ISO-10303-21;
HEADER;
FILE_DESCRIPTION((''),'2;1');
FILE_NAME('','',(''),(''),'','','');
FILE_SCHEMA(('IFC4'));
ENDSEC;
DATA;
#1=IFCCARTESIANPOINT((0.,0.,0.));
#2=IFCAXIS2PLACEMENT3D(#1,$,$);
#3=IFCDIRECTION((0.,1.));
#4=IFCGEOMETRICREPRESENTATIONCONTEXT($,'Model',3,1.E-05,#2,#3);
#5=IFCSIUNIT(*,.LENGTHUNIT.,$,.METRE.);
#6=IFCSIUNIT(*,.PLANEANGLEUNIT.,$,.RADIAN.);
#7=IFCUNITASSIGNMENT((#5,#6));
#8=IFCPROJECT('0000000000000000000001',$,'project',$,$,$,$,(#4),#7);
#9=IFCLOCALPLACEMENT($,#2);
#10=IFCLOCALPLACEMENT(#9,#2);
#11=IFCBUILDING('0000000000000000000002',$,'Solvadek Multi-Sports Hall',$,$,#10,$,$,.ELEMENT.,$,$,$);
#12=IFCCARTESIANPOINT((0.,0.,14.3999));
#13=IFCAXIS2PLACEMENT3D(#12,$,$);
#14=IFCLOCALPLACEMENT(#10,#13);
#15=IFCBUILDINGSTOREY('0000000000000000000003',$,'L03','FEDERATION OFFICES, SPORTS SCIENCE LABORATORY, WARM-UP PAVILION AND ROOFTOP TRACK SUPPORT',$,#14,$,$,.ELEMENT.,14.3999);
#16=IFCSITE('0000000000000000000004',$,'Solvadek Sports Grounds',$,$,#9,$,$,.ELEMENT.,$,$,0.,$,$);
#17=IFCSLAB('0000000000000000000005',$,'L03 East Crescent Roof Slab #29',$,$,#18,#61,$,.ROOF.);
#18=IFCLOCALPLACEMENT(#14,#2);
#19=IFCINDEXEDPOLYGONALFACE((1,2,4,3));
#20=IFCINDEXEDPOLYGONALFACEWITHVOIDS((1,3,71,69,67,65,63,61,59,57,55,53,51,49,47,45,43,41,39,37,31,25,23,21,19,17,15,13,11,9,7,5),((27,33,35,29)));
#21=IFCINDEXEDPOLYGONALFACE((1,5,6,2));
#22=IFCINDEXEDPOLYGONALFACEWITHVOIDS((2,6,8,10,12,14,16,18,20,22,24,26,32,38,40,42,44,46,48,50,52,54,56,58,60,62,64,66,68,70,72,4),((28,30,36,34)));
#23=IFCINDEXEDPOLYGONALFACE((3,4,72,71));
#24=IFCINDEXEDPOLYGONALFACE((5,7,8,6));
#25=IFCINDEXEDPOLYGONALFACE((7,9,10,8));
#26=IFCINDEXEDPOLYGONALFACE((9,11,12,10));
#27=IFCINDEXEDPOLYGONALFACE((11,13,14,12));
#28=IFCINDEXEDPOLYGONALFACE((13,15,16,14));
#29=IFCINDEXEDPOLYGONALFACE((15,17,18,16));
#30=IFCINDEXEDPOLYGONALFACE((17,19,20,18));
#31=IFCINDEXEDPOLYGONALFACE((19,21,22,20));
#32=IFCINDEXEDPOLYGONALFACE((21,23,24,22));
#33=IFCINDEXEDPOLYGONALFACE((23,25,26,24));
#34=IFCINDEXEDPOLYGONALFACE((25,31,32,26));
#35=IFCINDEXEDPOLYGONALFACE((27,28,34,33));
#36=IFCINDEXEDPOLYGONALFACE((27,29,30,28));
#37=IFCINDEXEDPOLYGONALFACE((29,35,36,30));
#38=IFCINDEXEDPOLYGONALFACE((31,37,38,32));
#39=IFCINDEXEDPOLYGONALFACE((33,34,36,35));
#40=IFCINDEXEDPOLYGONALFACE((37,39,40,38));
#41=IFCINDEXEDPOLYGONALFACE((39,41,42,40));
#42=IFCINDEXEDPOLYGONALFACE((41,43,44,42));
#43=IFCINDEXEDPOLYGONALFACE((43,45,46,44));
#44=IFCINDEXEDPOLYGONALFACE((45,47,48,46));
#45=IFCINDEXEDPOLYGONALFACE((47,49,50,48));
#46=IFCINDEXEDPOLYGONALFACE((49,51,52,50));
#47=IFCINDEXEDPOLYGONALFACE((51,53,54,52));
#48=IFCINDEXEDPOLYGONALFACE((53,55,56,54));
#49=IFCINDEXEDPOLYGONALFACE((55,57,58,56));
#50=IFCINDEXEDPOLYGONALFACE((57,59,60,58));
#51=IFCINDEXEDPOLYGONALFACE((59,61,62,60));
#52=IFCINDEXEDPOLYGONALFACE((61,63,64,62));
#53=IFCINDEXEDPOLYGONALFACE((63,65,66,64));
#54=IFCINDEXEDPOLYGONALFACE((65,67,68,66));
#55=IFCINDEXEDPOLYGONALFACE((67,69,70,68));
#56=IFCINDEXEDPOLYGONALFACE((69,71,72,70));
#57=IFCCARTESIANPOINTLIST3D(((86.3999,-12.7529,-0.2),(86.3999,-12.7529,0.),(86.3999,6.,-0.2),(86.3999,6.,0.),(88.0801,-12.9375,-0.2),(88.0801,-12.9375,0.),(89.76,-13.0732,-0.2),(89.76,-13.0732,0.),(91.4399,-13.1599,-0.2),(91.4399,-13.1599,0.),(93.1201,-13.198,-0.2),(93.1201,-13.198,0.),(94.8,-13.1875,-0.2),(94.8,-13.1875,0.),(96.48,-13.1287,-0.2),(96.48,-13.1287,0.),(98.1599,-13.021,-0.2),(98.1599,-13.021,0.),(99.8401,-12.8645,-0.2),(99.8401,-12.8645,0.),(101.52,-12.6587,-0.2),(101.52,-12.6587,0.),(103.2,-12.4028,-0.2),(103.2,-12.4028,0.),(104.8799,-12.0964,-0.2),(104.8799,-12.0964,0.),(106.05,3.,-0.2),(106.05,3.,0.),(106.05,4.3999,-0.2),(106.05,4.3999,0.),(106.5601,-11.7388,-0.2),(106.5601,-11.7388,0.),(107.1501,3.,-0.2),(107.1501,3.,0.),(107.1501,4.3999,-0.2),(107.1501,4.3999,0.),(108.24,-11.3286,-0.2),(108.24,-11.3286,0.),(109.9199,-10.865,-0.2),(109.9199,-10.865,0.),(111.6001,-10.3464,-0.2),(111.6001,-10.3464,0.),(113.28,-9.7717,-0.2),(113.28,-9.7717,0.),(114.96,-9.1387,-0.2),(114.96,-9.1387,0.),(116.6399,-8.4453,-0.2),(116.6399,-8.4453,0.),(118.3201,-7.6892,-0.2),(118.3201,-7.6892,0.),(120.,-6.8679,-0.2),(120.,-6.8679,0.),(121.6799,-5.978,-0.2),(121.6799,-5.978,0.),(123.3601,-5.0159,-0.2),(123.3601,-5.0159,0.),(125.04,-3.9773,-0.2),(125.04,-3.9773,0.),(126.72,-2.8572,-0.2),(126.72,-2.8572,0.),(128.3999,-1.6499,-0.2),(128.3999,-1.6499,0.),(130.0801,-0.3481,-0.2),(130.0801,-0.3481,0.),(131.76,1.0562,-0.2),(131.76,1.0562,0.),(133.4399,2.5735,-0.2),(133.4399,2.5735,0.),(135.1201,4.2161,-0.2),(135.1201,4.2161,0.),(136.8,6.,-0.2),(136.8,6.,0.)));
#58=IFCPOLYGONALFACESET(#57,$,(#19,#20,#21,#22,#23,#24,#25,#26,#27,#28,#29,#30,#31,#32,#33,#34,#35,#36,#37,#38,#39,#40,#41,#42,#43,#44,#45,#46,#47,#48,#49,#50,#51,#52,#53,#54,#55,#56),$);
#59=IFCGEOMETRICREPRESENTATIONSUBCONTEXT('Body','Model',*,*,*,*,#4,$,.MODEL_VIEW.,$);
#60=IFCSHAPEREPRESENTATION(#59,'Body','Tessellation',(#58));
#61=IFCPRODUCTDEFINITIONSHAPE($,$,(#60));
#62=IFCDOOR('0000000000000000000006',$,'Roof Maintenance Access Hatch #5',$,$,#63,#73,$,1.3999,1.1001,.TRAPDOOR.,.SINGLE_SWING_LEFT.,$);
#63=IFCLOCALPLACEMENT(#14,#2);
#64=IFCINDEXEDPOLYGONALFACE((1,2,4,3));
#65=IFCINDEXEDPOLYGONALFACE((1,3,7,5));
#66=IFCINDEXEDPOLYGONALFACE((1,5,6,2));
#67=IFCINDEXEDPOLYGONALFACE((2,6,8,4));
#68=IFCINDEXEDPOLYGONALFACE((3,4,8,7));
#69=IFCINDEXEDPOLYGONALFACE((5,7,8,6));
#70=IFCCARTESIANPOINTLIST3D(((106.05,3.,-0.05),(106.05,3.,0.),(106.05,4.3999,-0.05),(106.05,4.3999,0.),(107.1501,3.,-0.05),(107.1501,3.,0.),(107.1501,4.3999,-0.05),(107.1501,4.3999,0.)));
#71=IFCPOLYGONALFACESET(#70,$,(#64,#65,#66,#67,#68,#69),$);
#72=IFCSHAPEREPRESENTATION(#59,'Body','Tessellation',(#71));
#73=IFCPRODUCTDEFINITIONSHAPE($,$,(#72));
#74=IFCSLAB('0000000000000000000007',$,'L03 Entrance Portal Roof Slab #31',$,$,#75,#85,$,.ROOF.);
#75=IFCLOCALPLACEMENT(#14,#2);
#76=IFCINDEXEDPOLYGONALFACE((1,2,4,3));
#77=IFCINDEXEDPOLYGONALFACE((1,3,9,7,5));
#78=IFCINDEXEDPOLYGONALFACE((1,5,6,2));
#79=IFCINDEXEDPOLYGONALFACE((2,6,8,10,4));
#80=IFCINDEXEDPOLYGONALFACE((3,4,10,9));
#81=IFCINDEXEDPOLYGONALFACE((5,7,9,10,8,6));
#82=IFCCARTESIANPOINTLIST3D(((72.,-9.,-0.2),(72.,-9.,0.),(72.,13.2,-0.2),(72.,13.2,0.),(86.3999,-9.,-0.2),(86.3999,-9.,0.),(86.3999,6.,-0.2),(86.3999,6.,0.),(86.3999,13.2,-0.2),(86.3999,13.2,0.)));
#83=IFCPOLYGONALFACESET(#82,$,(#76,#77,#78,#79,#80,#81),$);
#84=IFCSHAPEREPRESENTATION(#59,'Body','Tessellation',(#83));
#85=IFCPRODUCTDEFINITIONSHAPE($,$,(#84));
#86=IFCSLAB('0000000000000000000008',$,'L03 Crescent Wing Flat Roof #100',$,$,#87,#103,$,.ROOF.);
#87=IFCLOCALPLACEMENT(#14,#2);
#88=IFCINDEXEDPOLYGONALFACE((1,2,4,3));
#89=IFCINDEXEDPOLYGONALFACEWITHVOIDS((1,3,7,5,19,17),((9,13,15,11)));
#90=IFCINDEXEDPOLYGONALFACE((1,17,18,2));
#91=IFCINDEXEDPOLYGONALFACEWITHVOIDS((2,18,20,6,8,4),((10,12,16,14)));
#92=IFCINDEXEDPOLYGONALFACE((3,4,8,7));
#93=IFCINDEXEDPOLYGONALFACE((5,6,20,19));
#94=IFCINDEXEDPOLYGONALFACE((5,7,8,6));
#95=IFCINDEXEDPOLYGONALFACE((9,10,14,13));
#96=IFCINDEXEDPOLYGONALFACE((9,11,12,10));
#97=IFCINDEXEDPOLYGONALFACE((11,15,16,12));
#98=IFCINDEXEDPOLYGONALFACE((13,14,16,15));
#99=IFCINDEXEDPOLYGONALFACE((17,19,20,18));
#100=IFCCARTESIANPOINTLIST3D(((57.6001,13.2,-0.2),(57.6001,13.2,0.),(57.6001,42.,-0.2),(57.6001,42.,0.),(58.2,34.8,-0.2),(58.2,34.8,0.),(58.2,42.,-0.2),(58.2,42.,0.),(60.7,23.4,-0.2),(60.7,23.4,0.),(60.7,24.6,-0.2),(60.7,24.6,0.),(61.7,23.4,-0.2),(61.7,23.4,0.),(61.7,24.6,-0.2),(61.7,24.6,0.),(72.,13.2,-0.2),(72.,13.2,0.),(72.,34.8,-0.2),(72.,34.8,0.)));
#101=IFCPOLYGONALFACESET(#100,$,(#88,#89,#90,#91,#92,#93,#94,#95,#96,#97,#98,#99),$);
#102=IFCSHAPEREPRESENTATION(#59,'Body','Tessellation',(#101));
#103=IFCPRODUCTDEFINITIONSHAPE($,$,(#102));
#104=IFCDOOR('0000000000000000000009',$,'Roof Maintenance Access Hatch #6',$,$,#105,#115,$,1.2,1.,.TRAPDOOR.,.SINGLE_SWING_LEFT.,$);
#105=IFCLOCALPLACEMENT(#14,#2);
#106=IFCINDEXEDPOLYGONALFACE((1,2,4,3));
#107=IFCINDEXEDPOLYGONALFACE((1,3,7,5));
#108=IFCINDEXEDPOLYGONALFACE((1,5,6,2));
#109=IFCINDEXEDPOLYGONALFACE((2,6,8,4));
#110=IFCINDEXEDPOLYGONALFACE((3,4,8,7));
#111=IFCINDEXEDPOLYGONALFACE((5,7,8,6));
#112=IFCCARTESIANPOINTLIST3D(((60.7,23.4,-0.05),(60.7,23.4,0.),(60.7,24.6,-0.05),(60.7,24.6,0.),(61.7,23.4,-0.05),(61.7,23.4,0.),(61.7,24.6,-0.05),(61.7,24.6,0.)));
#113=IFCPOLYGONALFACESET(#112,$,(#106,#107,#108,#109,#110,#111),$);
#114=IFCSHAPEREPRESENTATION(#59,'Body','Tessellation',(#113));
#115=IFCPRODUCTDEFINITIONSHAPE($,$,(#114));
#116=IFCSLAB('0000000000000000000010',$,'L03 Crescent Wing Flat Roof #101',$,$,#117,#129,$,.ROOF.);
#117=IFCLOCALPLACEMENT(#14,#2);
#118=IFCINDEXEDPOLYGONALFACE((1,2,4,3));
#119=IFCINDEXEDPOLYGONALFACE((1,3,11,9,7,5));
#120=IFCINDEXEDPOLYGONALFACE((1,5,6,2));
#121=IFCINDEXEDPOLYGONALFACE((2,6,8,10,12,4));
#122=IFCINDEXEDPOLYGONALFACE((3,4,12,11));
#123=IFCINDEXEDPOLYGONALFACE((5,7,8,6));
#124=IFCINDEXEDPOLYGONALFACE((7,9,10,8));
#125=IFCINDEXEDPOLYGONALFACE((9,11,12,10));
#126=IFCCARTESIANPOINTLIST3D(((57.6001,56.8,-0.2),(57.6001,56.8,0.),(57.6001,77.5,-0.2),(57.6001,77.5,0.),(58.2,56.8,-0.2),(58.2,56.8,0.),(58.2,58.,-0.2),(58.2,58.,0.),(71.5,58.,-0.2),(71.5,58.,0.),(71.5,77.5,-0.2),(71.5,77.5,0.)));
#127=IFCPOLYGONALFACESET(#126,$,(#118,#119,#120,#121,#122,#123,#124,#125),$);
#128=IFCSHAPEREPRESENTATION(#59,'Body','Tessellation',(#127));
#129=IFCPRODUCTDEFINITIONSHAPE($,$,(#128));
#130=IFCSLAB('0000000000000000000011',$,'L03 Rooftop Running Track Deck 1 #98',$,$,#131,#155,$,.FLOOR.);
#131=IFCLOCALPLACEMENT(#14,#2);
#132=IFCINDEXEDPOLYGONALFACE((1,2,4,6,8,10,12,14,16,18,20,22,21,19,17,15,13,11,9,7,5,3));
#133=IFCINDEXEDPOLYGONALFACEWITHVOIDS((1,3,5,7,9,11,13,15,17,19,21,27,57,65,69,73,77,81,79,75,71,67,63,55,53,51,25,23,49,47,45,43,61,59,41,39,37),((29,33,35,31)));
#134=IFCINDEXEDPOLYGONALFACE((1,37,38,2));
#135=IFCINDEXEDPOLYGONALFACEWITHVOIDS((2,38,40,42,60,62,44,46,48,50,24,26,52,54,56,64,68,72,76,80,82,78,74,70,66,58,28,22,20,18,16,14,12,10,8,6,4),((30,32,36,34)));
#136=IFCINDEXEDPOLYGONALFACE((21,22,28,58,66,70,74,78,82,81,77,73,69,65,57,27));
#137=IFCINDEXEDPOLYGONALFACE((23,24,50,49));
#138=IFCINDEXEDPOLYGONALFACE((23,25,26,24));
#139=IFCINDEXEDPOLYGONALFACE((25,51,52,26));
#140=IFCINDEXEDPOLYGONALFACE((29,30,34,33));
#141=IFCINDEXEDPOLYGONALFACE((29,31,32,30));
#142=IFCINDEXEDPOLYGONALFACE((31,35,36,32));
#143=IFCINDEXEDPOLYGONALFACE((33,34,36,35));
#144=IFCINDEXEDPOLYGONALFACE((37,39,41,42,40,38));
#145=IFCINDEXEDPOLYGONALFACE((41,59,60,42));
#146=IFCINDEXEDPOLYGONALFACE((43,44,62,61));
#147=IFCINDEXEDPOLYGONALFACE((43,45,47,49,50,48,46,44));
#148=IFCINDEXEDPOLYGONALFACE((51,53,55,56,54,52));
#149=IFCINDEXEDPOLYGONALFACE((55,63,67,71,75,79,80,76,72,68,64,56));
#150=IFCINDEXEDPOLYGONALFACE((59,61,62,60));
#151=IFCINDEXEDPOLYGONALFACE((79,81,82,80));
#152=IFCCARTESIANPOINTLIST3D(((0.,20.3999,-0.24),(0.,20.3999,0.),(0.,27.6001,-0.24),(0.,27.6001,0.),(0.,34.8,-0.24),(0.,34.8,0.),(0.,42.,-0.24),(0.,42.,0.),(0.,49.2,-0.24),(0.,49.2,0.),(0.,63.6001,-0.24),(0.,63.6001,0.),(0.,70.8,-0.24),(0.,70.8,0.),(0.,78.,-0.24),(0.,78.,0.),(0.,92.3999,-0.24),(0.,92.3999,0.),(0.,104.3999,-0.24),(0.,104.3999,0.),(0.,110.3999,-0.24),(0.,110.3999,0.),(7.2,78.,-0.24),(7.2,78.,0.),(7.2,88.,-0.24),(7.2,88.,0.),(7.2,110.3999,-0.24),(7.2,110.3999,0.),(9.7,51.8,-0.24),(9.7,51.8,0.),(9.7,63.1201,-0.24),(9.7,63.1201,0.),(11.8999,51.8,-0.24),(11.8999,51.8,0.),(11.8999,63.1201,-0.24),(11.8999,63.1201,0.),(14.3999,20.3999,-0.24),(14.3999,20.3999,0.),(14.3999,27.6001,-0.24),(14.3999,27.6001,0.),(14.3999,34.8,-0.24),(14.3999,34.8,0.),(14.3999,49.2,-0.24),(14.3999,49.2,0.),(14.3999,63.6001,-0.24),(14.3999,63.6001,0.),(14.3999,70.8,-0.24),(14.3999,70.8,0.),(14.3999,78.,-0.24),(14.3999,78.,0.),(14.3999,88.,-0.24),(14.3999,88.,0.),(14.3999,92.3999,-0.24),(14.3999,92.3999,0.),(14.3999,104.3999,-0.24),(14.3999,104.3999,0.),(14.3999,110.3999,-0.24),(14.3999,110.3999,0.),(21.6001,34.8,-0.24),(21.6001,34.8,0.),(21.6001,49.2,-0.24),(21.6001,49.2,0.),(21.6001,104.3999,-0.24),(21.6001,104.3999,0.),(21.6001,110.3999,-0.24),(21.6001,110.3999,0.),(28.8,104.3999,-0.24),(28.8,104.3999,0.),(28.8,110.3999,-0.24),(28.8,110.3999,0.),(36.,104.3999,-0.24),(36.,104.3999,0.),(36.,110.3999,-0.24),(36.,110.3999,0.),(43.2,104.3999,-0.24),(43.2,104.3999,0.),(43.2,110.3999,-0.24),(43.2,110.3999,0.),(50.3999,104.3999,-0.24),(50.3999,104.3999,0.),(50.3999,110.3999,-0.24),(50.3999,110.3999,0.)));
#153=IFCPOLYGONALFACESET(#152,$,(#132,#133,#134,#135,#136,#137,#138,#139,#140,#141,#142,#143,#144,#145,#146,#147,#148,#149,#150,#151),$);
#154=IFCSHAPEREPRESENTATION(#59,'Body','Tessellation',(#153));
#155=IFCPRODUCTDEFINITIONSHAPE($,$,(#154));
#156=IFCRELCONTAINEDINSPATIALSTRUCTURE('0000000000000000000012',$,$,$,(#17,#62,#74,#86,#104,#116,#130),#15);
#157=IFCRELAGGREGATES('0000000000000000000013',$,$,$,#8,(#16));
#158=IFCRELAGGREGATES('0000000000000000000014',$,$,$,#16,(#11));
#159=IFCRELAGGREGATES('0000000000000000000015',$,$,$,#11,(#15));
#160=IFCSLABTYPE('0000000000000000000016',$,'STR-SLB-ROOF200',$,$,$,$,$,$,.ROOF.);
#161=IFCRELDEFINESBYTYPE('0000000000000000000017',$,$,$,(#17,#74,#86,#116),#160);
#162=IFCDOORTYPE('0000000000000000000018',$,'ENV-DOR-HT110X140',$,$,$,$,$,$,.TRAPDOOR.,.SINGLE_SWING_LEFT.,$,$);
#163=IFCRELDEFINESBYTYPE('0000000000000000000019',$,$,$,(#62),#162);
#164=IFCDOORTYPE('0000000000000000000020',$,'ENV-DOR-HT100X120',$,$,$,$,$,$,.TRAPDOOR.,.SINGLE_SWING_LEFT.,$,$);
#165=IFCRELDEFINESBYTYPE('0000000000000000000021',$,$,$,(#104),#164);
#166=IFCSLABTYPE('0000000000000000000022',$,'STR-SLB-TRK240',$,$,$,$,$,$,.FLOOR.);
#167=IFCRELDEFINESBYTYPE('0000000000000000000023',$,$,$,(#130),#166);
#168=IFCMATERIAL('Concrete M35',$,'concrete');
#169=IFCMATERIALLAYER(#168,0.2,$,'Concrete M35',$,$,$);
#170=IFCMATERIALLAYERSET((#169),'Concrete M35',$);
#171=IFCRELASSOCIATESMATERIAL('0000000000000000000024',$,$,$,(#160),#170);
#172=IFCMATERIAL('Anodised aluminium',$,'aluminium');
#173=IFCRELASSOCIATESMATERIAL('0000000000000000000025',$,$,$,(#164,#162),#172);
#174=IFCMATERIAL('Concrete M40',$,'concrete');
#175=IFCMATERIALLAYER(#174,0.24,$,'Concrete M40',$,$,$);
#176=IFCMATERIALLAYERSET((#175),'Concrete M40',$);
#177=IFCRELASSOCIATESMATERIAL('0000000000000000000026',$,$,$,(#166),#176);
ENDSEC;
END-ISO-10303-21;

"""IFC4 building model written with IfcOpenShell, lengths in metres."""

from ifc_helpers import new_model, si_unit, direction, frame, origin, origin_2d, place, context, subcontext, project, spatial, polyline, rectangle, outline, extrude, material, layer, layer_set, type_object, element, fill, save


model = new_model("IFC4")

# Units and contexts
model_context = context("Model", 3, precision=1e-05, world=origin(), true_north=direction((0.0, 1.0)))
body_context = subcontext(model_context, "Body", "Model", "MODEL_VIEW")
ifc_project = project(units=[si_unit("LENGTHUNIT", "METRE"), si_unit("PLANEANGLEUNIT", "RADIAN")], contexts=[model_context])

# Site, building, storey
site_placement = place(None, origin())
site = spatial("IfcSite", under=ifc_project, at=site_placement, Name="Solvadek Sports Grounds", CompositionType="ELEMENT", RefElevation=0.0)
building_placement = place(site_placement, origin())
building = spatial("IfcBuilding", under=site, at=building_placement, Name="Solvadek Multi-Sports Hall", CompositionType="ELEMENT")
storey_placement = place(building_placement, frame((0.0, 0.0, 14.3999)))
storey = spatial("IfcBuildingStorey", under=building, at=storey_placement, Name="L03", Description="FEDERATION OFFICES, SPORTS SCIENCE LABORATORY, WARM-UP PAVILION AND ROOFTOP TRACK SUPPORT", CompositionType="ELEMENT", Elevation=14.3999)

# Shared definitions
ifc_material_1 = material(Name="Concrete M35", Category="concrete")
ifc_layer_1 = layer(ifc_material_1, 0.2, Name="Concrete M35")
ifc_layer_set_1 = layer_set([ifc_layer_1], Name="Concrete M35")
slab_type_1 = type_object("IfcSlabType", Name="STR-SLB-ROOF200", PredefinedType="ROOF", material=ifc_layer_set_1)

# Slab, opening, door
ifc_material_2 = material(Name="Anodised aluminium", Category="aluminium")
door_type_1 = type_object("IfcDoorType", Name="ENV-DOR-HT100X120", OperationType="SINGLE_SWING_LEFT", PredefinedType="TRAPDOOR", material=ifc_material_2)
slab_1_placement = place(storey_placement, frame((0.0, 0.0, -0.2)))
slab_1 = element("IfcSlab", 1, at=slab_1_placement, inside=storey, type_object=slab_type_1, Name="L03 East Crescent Roof Slab #29", PredefinedType="ROOF", context=body_context, shape_type="SweptSolid", body=[
    extrude(outline(polyline([(136.8, 6.0), (135.1201, 4.2161), (133.4399, 2.5735), (131.76, 1.0562), (130.0801, -0.3481), (128.3999, -1.6499), (126.72, -2.8572), (125.04, -3.9773), (123.3601, -5.0159), (121.6799, -5.978), (120.0, -6.8679), (118.3201, -7.6892), (116.6399, -8.4453), (114.96, -9.1387), (113.28, -9.7717), (111.6001, -10.3464), (109.9199, -10.865), (108.24, -11.3286), (106.5601, -11.7388), (104.8799, -12.0964), (103.2, -12.4028), (101.52, -12.6587), (99.8401, -12.8645), (98.1599, -13.021), (96.48, -13.1287), (94.8, -13.1875), (93.1201, -13.198), (91.4399, -13.1599), (89.76, -13.0732), (88.0801, -12.9375), (86.3999, -12.7529), (86.3999, 6.0), (136.8, 6.0)])), origin(), (0.0, 0.0, 1.0), 0.2),
])
opening_1_placement = place(slab_1_placement, frame((106.6001, 3.7, 0.0)))
opening_1 = element("IfcOpeningElement", 2, at=opening_1_placement, cuts=slab_1, PredefinedType="OPENING", context=body_context, shape_type="SweptSolid", body=[
    extrude(rectangle(XDim=1.1001, YDim=1.3999, at=origin_2d()), frame((0.0, 0.0, -0.02)), (0.0, 0.0, 1.0), 0.24),
])
door_type_2 = type_object("IfcDoorType", Name="ENV-DOR-HT110X140", OperationType="SINGLE_SWING_LEFT", PredefinedType="TRAPDOOR", material=ifc_material_2)
door_1_placement = place(opening_1_placement, frame((0.0, 0.0, 0.1499)))
door_1 = element("IfcDoor", 3, at=door_1_placement, inside=storey, type_object=door_type_2, Name="Roof Maintenance Access Hatch #5", OperationType="SINGLE_SWING_LEFT", OverallHeight=1.3999, OverallWidth=1.1001, PredefinedType="TRAPDOOR", context=body_context, shape_type="SweptSolid", body=[
    extrude(rectangle(XDim=1.1001, YDim=1.3999, at=origin_2d()), origin(), (0.0, 0.0, 1.0), 0.05),
])
fill(opening_1, door_1)

# Slab
slab_2_placement = place(storey_placement, frame((0.0, 0.0, -0.2)))
element("IfcSlab", 4, at=slab_2_placement, inside=storey, type_object=slab_type_1, Name="L03 Entrance Portal Roof Slab #31", PredefinedType="ROOF", context=body_context, shape_type="SweptSolid", body=[
    extrude(outline(polyline([(72.0, 13.2), (86.3999, 13.2), (86.3999, 6.0), (86.3999, -9.0), (72.0, -9.0), (72.0, 13.2)])), origin(), (0.0, 0.0, 1.0), 0.2),
])

# Slab, opening, door
slab_3_placement = place(storey_placement, frame((0.0, 0.0, -0.2)))
slab_3 = element("IfcSlab", 5, at=slab_3_placement, inside=storey, type_object=slab_type_1, Name="L03 Crescent Wing Flat Roof #100", PredefinedType="ROOF", context=body_context, shape_type="SweptSolid", body=[
    extrude(outline(polyline([(57.6001, 42.0), (58.2, 42.0), (58.2, 34.8), (72.0, 34.8), (72.0, 13.2), (57.6001, 13.2), (57.6001, 42.0)])), origin(), (0.0, 0.0, 1.0), 0.2),
])
opening_2_placement = place(slab_3_placement, frame((61.2, 24.0, 0.0)))
opening_2 = element("IfcOpeningElement", 6, at=opening_2_placement, cuts=slab_3, PredefinedType="OPENING", context=body_context, shape_type="SweptSolid", body=[
    extrude(rectangle(XDim=1.0, YDim=1.2, at=origin_2d()), frame((0.0, 0.0, -0.02)), (0.0, 0.0, 1.0), 0.24),
])
door_2_placement = place(opening_2_placement, frame((0.0, 0.0, 0.1499)))
door_2 = element("IfcDoor", 7, at=door_2_placement, inside=storey, type_object=door_type_1, Name="Roof Maintenance Access Hatch #6", OperationType="SINGLE_SWING_LEFT", OverallHeight=1.2, OverallWidth=1.0, PredefinedType="TRAPDOOR", context=body_context, shape_type="SweptSolid", body=[
    extrude(rectangle(XDim=1.0, YDim=1.2, at=origin_2d()), origin(), (0.0, 0.0, 1.0), 0.05),
])
fill(opening_2, door_2)

# Slabs
slab_4_placement = place(storey_placement, frame((0.0, 0.0, -0.2)))
element("IfcSlab", 8, at=slab_4_placement, inside=storey, type_object=slab_type_1, Name="L03 Crescent Wing Flat Roof #101", PredefinedType="ROOF", context=body_context, shape_type="SweptSolid", body=[
    extrude(outline(polyline([(57.6001, 77.5), (71.5, 77.5), (71.5, 58.0), (58.2, 58.0), (58.2, 56.8), (57.6001, 56.8), (57.6001, 77.5)])), origin(), (0.0, 0.0, 1.0), 0.2),
])
ifc_material_3 = material(Name="Concrete M40", Category="concrete")
ifc_layer_2 = layer(ifc_material_3, 0.24, Name="Concrete M40")
ifc_layer_set_2 = layer_set([ifc_layer_2], Name="Concrete M40")
slab_type_2 = type_object("IfcSlabType", Name="STR-SLB-TRK240", PredefinedType="FLOOR", material=ifc_layer_set_2)
slab_5_placement = place(storey_placement, frame((0.0, 0.0, -0.24)))
element("IfcSlab", 9, at=slab_5_placement, inside=storey, type_object=slab_type_2, Name="L03 Rooftop Running Track Deck 1 #98", PredefinedType="FLOOR", context=body_context, shape_type="SweptSolid", body=[
    extrude(outline(polyline([(21.6001, 110.3999), (28.8, 110.3999), (36.0, 110.3999), (43.2, 110.3999), (50.3999, 110.3999), (50.3999, 104.3999), (43.2, 104.3999), (36.0, 104.3999), (28.8, 104.3999), (21.6001, 104.3999), (14.3999, 104.3999), (14.3999, 92.3999), (14.3999, 88.0), (7.2, 88.0), (7.2, 78.0), (14.3999, 78.0), (14.3999, 70.8), (14.3999, 63.6001), (14.3999, 49.2), (21.6001, 49.2), (21.6001, 34.8), (14.3999, 34.8), (14.3999, 27.6001), (14.3999, 20.3999), (0.0, 20.3999), (0.0, 27.6001), (0.0, 34.8), (0.0, 42.0), (0.0, 49.2), (0.0, 63.6001), (0.0, 70.8), (0.0, 78.0), (0.0, 92.3999), (0.0, 104.3999), (0.0, 110.3999), (7.2, 110.3999), (14.3999, 110.3999), (21.6001, 110.3999)]), holes=[polyline([(9.7, 51.8), (11.8999, 51.8), (11.8999, 63.1201), (9.7, 63.1201), (9.7, 51.8)])]), origin(), (0.0, 0.0, 1.0), 0.24),
])

save(model, "model.ifc")
